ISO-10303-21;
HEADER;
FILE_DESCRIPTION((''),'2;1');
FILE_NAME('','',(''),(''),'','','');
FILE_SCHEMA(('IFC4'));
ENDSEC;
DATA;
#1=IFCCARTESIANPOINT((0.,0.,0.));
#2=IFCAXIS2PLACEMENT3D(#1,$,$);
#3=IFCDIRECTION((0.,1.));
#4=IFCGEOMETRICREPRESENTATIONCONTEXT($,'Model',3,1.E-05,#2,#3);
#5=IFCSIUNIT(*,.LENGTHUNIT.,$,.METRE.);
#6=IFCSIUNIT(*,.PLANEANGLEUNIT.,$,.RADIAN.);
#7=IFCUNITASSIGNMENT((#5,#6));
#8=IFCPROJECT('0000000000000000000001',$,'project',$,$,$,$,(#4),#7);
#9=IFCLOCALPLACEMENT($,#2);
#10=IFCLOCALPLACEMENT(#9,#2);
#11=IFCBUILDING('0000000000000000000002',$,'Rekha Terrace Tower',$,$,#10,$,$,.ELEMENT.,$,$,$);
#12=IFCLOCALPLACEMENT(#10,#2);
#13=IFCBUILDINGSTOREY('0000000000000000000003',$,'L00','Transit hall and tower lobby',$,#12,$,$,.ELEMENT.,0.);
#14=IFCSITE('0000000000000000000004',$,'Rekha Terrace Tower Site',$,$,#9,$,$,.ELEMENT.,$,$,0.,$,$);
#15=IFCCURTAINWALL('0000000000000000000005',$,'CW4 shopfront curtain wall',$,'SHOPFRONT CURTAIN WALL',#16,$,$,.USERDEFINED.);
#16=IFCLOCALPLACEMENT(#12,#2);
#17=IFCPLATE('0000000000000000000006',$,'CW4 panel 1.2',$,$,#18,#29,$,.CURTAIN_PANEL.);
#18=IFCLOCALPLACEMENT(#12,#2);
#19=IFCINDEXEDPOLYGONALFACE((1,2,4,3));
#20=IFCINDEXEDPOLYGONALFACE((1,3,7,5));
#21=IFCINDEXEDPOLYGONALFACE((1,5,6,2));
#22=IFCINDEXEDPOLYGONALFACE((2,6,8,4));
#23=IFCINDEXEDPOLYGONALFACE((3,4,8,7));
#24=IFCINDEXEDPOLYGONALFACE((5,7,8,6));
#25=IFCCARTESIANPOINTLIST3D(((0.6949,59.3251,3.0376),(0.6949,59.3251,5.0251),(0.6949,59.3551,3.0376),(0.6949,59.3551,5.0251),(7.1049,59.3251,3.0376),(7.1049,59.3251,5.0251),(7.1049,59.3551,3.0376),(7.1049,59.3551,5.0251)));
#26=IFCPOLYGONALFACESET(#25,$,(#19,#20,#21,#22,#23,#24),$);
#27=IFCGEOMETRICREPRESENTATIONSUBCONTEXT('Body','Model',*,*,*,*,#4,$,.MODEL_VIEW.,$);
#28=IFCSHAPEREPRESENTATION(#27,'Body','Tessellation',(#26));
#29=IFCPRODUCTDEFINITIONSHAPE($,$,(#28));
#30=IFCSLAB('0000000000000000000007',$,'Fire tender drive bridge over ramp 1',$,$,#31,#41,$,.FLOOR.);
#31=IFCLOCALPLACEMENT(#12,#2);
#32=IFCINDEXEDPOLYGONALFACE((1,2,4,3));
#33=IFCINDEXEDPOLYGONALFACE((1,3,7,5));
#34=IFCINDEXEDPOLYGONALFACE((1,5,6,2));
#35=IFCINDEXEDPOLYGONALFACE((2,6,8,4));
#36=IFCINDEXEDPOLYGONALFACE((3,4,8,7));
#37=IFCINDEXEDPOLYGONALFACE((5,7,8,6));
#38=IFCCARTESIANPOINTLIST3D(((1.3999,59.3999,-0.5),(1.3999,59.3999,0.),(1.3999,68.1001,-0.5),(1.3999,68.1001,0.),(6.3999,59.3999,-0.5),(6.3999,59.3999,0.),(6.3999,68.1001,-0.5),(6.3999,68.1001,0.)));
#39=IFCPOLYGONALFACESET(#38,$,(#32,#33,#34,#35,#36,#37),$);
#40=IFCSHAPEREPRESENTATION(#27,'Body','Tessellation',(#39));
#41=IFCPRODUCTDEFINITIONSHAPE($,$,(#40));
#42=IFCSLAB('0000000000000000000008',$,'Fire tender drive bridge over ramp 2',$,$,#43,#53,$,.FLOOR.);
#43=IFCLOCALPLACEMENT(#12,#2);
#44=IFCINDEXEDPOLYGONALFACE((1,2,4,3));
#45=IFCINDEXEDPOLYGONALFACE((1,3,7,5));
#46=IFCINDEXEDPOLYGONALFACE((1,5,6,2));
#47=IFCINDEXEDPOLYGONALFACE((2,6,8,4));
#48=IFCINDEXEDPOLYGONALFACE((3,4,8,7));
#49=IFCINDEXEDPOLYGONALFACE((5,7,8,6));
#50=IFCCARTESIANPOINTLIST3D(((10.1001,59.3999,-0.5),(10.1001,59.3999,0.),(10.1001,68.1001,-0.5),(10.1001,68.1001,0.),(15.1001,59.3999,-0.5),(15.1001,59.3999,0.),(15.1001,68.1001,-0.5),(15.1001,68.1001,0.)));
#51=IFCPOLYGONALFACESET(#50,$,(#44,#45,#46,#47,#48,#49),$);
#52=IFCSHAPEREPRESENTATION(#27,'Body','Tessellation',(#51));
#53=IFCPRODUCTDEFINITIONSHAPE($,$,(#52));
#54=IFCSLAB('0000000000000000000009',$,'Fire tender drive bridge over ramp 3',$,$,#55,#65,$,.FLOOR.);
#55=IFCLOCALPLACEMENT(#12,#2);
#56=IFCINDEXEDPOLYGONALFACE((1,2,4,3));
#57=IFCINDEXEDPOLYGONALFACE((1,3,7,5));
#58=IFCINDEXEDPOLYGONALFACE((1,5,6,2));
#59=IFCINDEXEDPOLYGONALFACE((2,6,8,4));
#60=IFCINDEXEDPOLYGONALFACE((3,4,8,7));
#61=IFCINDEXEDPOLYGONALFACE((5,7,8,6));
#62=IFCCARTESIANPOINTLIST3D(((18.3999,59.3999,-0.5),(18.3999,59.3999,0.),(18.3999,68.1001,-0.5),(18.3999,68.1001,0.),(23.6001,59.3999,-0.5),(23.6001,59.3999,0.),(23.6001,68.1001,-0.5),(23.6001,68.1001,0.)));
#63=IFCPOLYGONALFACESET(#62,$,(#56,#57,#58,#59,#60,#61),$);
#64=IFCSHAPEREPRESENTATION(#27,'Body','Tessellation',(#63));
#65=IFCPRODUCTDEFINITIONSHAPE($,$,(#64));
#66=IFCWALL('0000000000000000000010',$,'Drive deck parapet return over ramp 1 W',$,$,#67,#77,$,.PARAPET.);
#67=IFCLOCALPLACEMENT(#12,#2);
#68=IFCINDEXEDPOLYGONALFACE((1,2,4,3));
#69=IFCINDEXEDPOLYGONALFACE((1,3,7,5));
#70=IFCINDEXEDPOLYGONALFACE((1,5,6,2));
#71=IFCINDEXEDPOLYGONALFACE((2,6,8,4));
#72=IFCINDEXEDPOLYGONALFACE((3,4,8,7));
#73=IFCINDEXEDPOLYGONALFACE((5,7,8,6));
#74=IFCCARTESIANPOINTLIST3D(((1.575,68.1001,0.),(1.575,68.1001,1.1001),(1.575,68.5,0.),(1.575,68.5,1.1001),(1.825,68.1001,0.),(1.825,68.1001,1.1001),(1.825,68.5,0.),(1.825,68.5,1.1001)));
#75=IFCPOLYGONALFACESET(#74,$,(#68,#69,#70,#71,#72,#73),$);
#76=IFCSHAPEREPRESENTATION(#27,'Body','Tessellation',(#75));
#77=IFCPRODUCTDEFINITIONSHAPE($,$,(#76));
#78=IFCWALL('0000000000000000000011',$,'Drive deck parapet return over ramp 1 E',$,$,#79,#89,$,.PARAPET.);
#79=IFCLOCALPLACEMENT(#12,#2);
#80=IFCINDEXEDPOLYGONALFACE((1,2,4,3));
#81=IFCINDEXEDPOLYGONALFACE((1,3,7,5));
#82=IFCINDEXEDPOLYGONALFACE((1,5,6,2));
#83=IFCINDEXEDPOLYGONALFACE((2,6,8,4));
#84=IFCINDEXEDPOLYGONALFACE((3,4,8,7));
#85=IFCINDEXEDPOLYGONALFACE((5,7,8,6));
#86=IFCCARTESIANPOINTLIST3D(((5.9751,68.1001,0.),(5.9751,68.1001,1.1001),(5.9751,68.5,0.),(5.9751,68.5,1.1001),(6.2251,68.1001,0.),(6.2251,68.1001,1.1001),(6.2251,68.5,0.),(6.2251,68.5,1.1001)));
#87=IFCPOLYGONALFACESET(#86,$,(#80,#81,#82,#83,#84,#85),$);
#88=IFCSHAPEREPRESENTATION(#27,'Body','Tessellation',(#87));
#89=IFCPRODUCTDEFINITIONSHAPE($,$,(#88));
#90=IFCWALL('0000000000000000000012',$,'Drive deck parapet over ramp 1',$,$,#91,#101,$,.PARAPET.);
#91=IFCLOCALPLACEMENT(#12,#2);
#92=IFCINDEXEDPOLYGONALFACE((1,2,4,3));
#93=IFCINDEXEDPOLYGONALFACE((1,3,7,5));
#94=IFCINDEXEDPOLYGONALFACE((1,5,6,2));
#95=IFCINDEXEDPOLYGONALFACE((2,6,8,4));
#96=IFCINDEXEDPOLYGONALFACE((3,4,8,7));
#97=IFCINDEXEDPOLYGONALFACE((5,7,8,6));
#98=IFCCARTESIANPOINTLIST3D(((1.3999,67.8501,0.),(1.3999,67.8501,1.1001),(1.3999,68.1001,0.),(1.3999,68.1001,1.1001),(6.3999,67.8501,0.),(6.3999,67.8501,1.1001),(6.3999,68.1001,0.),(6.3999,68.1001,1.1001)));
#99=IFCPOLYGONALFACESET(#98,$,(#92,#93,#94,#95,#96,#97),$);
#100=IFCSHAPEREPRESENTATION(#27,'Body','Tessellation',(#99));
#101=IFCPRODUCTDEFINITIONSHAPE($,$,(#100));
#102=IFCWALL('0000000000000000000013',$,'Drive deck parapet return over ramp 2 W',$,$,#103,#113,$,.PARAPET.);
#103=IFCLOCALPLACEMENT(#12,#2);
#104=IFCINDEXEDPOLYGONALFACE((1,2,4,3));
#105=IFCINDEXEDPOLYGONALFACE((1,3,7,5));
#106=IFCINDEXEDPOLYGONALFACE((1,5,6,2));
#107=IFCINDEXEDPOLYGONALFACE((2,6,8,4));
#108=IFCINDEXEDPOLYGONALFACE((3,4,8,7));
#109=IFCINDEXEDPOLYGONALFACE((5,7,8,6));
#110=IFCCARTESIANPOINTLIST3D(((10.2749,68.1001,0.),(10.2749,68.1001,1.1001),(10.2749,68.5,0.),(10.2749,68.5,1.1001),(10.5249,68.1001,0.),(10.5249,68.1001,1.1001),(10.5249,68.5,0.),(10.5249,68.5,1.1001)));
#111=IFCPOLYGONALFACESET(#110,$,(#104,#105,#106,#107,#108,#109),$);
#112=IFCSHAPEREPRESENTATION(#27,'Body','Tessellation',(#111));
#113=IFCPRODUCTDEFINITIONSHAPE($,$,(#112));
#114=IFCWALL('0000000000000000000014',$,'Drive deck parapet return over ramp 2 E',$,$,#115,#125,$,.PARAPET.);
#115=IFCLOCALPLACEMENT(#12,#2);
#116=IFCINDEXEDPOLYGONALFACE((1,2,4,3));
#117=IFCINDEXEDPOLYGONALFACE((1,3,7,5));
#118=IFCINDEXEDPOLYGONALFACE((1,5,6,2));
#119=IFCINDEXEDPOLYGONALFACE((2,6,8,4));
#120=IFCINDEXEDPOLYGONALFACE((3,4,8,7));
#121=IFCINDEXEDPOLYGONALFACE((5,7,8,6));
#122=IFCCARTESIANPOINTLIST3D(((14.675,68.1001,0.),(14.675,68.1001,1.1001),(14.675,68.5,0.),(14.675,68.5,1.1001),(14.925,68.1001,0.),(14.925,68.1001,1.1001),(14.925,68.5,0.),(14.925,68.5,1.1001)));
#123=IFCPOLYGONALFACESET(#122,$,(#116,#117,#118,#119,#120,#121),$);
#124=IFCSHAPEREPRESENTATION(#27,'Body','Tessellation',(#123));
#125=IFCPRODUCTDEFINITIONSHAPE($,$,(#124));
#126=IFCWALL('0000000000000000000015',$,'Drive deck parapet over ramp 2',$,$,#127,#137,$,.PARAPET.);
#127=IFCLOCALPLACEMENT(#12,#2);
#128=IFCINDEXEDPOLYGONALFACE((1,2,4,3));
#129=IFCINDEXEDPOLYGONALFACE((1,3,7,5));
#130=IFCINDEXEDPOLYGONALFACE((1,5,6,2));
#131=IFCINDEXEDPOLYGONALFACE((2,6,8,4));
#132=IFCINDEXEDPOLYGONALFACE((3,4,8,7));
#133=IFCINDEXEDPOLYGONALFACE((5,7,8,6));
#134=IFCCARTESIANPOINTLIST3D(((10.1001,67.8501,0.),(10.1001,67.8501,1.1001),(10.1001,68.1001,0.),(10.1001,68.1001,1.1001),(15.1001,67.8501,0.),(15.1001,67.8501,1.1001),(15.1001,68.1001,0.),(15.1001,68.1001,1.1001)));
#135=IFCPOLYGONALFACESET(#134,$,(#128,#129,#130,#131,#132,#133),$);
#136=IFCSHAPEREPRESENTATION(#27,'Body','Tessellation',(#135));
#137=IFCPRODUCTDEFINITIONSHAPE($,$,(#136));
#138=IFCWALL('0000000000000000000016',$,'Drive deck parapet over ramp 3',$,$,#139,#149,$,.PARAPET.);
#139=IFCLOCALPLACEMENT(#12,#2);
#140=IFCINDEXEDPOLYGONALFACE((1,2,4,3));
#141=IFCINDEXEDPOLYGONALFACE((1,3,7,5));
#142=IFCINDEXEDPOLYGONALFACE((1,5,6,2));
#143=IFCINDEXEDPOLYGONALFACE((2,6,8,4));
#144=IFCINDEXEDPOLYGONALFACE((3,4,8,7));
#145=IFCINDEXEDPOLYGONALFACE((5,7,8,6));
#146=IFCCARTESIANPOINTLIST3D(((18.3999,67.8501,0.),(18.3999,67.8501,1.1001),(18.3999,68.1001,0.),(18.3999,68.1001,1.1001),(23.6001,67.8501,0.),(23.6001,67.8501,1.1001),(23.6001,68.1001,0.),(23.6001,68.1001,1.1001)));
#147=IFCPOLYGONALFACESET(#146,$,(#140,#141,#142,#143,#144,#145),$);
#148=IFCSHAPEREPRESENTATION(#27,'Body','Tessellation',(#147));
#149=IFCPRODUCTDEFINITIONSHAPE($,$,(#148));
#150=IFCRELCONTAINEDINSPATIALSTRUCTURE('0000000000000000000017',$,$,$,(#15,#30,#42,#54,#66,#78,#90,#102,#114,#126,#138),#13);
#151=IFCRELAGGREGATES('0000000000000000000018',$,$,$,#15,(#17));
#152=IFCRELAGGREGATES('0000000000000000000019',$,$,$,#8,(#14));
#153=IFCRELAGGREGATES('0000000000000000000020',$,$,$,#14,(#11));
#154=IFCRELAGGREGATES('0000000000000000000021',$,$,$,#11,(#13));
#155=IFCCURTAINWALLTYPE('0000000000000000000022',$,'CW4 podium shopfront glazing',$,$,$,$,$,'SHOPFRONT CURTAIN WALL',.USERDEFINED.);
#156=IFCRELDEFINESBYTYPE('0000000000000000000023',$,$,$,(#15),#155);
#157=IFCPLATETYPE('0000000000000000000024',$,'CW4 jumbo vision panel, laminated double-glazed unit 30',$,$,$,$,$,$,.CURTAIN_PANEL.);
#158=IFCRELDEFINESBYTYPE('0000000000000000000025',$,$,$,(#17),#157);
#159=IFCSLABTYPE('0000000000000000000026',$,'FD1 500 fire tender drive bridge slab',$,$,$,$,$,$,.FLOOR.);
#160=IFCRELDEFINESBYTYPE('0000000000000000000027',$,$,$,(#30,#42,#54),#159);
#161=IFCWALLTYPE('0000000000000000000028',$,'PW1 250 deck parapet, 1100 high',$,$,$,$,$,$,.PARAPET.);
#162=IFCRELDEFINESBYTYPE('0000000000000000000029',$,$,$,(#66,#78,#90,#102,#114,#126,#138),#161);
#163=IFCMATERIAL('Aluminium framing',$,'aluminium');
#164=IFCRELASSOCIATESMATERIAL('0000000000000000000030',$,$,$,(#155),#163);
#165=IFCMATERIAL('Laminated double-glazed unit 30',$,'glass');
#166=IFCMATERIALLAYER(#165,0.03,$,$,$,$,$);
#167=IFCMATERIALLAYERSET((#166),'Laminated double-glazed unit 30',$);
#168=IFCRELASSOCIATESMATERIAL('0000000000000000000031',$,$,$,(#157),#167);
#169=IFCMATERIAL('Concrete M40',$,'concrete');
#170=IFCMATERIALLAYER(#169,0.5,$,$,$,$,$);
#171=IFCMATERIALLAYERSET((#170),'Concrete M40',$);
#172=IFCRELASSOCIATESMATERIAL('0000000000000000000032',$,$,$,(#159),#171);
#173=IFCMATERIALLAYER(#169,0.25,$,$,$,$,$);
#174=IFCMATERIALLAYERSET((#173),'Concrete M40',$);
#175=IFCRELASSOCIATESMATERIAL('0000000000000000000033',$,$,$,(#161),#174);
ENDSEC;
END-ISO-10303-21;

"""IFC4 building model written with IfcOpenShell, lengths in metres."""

from ifc_helpers import new_model, si_unit, direction, frame, frame_2d, origin, origin_2d, place, context, subcontext, project, spatial, polyline, rectangle, outline, extrude, material, layer, layer_set, type_object, element, aggregate, save


model = new_model("IFC4")

# Units and contexts
model_context = context("Model", 3, precision=1e-05, world=origin(), true_north=direction((0.0, 1.0)))
body_context = subcontext(model_context, "Body", "Model", "MODEL_VIEW")
ifc_project = project(units=[si_unit("LENGTHUNIT", "METRE"), si_unit("PLANEANGLEUNIT", "RADIAN")], contexts=[model_context])

# Site, building, storey
site_placement = place(None, origin())
site = spatial("IfcSite", under=ifc_project, at=site_placement, Name="Rekha Terrace Tower Site", CompositionType="ELEMENT", RefElevation=0.0)
building_placement = place(site_placement, origin())
building = spatial("IfcBuilding", under=site, at=building_placement, Name="Rekha Terrace Tower", CompositionType="ELEMENT")
storey_placement = place(building_placement, origin())
storey = spatial("IfcBuildingStorey", under=building, at=storey_placement, Name="L00", Description="Transit hall and tower lobby", CompositionType="ELEMENT", Elevation=0.0)

# Shared definitions
ifc_material_1 = material(Name="Aluminium framing", Category="aluminium")
curtain_wall_type = type_object("IfcCurtainWallType", Name="CW4 podium shopfront glazing", ElementType="SHOPFRONT CURTAIN WALL", PredefinedType="USERDEFINED", material=ifc_material_1)

# Curtain wall
curtain_wall_1_placement = place(storey_placement, origin())
curtain_wall_1 = element("IfcCurtainWall", 1, at=curtain_wall_1_placement, inside=storey, type_object=curtain_wall_type, Name="CW4 shopfront curtain wall", ObjectType="SHOPFRONT CURTAIN WALL", PredefinedType="USERDEFINED")

# Plate
ifc_material_2 = material(Name="Laminated double-glazed unit 30", Category="glass")
ifc_layer_1 = layer(ifc_material_2, 0.03)
ifc_layer_set_1 = layer_set([ifc_layer_1], Name="Laminated double-glazed unit 30")
plate_type = type_object("IfcPlateType", Name="CW4 jumbo vision panel, laminated double-glazed unit 30", PredefinedType="CURTAIN_PANEL", material=ifc_layer_set_1)
plate_1_placement = place(storey_placement, frame((3.8999, 59.3401, 3.0376), z_axis=(0.0, 0.0, 1.0), x_axis=(-1.0, 0.0, 0.0)))
plate_1 = element("IfcPlate", 2, at=plate_1_placement, type_object=plate_type, Name="CW4 panel 1.2", PredefinedType="CURTAIN_PANEL", context=body_context, shape_type="SweptSolid", body=[
    extrude(rectangle(XDim=6.4099, YDim=0.03, at=origin_2d()), origin(), (0.0, 0.0, 1.0), 1.9875),
])
aggregate(curtain_wall_1, [plate_1])

# Slabs
ifc_material_3 = material(Name="Concrete M40", Category="concrete")
ifc_layer_2 = layer(ifc_material_3, 0.5)
ifc_layer_set_2 = layer_set([ifc_layer_2], Name="Concrete M40")
slab_type = type_object("IfcSlabType", Name="FD1 500 fire tender drive bridge slab", PredefinedType="FLOOR", material=ifc_layer_set_2)
for number, where, z_axis, x_axis, name in (
    (3, (1.3999, 59.3999, 0.0), (0.0, 0.0, 1.0), (1.0, 0.0, 0.0), "Fire tender drive bridge over ramp 1"),
    (4, (10.1001, 59.3999, 0.0), (0.0, 0.0, 1.0), (1.0, 0.0, 0.0), "Fire tender drive bridge over ramp 2"),
):
    element("IfcSlab", number, at=place(storey_placement, frame(where, z_axis=z_axis, x_axis=x_axis)), inside=storey, type_object=slab_type, Name=name, PredefinedType="FLOOR", context=body_context, shape_type="SweptSolid", body=[
        extrude(outline(polyline([(0.0, 0.0), (5.0, 0.0), (5.0, 8.7002), (0.0, 8.7002), (0.0, 0.0)])), origin(), (0.0, 0.0, -1.0), 0.5),
    ])
slab_placement = place(storey_placement, frame((18.3999, 59.3999, 0.0), z_axis=(0.0, 0.0, 1.0), x_axis=(1.0, 0.0, 0.0)))
element("IfcSlab", 5, at=slab_placement, inside=storey, type_object=slab_type, Name="Fire tender drive bridge over ramp 3", PredefinedType="FLOOR", context=body_context, shape_type="SweptSolid", body=[
    extrude(outline(polyline([(0.0, 0.0), (5.2002, 0.0), (5.2002, 8.7002), (0.0, 8.7002), (0.0, 0.0)])), origin(), (0.0, 0.0, -1.0), 0.5),
])

# Walls
ifc_layer_3 = layer(ifc_material_3, 0.25)
ifc_layer_set_3 = layer_set([ifc_layer_3], Name="Concrete M40")
wall_type = type_object("IfcWallType", Name="PW1 250 deck parapet, 1100 high", PredefinedType="PARAPET", material=ifc_layer_set_3)
for number, where, z_axis, x_axis, name in (
    (6, (1.7, 68.1001, 0.0), (0.0, 0.0, 1.0), (0.0, 1.0, 0.0), "Drive deck parapet return over ramp 1 W"),
    (7, (6.1001, 68.1001, 0.0), (0.0, 0.0, 1.0), (0.0, 1.0, 0.0), "Drive deck parapet return over ramp 1 E"),
):
    element("IfcWall", number, at=place(storey_placement, frame(where, z_axis=z_axis, x_axis=x_axis)), inside=storey, type_object=wall_type, Name=name, PredefinedType="PARAPET", context=body_context, shape_type="SweptSolid", body=[
        extrude(rectangle(XDim=0.3999, YDim=0.25, at=frame_2d((0.2, 0.0))), origin(), (0.0, 0.0, 1.0), 1.1001),
    ])
wall_1_placement = place(storey_placement, frame((1.3999, 67.9751, 0.0), z_axis=(0.0, 0.0, 1.0), x_axis=(1.0, 0.0, 0.0)))
element("IfcWall", 8, at=wall_1_placement, inside=storey, type_object=wall_type, Name="Drive deck parapet over ramp 1", PredefinedType="PARAPET", context=body_context, shape_type="SweptSolid", body=[
    extrude(rectangle(XDim=5.0, YDim=0.25, at=frame_2d((2.5, 0.0))), origin(), (0.0, 0.0, 1.0), 1.1001),
])
for number, where, z_axis, x_axis, name in (
    (9, (10.3999, 68.1001, 0.0), (0.0, 0.0, 1.0), (0.0, 1.0, 0.0), "Drive deck parapet return over ramp 2 W"),
    (10, (14.8, 68.1001, 0.0), (0.0, 0.0, 1.0), (0.0, 1.0, 0.0), "Drive deck parapet return over ramp 2 E"),
):
    element("IfcWall", number, at=place(storey_placement, frame(where, z_axis=z_axis, x_axis=x_axis)), inside=storey, type_object=wall_type, Name=name, PredefinedType="PARAPET", context=body_context, shape_type="SweptSolid", body=[
        extrude(rectangle(XDim=0.3999, YDim=0.25, at=frame_2d((0.2, 0.0))), origin(), (0.0, 0.0, 1.0), 1.1001),
    ])
wall_2_placement = place(storey_placement, frame((10.1001, 67.9751, 0.0), z_axis=(0.0, 0.0, 1.0), x_axis=(1.0, 0.0, 0.0)))
element("IfcWall", 11, at=wall_2_placement, inside=storey, type_object=wall_type, Name="Drive deck parapet over ramp 2", PredefinedType="PARAPET", context=body_context, shape_type="SweptSolid", body=[
    extrude(rectangle(XDim=5.0, YDim=0.25, at=frame_2d((2.5, 0.0))), origin(), (0.0, 0.0, 1.0), 1.1001),
])
wall_3_placement = place(storey_placement, frame((18.3999, 67.9751, 0.0), z_axis=(0.0, 0.0, 1.0), x_axis=(1.0, 0.0, 0.0)))
element("IfcWall", 12, at=wall_3_placement, inside=storey, type_object=wall_type, Name="Drive deck parapet over ramp 3", PredefinedType="PARAPET", context=body_context, shape_type="SweptSolid", body=[
    extrude(rectangle(XDim=5.2002, YDim=0.25, at=frame_2d((2.6001, 0.0))), origin(), (0.0, 0.0, 1.0), 1.1001),
])

save(model, "model.ifc")
